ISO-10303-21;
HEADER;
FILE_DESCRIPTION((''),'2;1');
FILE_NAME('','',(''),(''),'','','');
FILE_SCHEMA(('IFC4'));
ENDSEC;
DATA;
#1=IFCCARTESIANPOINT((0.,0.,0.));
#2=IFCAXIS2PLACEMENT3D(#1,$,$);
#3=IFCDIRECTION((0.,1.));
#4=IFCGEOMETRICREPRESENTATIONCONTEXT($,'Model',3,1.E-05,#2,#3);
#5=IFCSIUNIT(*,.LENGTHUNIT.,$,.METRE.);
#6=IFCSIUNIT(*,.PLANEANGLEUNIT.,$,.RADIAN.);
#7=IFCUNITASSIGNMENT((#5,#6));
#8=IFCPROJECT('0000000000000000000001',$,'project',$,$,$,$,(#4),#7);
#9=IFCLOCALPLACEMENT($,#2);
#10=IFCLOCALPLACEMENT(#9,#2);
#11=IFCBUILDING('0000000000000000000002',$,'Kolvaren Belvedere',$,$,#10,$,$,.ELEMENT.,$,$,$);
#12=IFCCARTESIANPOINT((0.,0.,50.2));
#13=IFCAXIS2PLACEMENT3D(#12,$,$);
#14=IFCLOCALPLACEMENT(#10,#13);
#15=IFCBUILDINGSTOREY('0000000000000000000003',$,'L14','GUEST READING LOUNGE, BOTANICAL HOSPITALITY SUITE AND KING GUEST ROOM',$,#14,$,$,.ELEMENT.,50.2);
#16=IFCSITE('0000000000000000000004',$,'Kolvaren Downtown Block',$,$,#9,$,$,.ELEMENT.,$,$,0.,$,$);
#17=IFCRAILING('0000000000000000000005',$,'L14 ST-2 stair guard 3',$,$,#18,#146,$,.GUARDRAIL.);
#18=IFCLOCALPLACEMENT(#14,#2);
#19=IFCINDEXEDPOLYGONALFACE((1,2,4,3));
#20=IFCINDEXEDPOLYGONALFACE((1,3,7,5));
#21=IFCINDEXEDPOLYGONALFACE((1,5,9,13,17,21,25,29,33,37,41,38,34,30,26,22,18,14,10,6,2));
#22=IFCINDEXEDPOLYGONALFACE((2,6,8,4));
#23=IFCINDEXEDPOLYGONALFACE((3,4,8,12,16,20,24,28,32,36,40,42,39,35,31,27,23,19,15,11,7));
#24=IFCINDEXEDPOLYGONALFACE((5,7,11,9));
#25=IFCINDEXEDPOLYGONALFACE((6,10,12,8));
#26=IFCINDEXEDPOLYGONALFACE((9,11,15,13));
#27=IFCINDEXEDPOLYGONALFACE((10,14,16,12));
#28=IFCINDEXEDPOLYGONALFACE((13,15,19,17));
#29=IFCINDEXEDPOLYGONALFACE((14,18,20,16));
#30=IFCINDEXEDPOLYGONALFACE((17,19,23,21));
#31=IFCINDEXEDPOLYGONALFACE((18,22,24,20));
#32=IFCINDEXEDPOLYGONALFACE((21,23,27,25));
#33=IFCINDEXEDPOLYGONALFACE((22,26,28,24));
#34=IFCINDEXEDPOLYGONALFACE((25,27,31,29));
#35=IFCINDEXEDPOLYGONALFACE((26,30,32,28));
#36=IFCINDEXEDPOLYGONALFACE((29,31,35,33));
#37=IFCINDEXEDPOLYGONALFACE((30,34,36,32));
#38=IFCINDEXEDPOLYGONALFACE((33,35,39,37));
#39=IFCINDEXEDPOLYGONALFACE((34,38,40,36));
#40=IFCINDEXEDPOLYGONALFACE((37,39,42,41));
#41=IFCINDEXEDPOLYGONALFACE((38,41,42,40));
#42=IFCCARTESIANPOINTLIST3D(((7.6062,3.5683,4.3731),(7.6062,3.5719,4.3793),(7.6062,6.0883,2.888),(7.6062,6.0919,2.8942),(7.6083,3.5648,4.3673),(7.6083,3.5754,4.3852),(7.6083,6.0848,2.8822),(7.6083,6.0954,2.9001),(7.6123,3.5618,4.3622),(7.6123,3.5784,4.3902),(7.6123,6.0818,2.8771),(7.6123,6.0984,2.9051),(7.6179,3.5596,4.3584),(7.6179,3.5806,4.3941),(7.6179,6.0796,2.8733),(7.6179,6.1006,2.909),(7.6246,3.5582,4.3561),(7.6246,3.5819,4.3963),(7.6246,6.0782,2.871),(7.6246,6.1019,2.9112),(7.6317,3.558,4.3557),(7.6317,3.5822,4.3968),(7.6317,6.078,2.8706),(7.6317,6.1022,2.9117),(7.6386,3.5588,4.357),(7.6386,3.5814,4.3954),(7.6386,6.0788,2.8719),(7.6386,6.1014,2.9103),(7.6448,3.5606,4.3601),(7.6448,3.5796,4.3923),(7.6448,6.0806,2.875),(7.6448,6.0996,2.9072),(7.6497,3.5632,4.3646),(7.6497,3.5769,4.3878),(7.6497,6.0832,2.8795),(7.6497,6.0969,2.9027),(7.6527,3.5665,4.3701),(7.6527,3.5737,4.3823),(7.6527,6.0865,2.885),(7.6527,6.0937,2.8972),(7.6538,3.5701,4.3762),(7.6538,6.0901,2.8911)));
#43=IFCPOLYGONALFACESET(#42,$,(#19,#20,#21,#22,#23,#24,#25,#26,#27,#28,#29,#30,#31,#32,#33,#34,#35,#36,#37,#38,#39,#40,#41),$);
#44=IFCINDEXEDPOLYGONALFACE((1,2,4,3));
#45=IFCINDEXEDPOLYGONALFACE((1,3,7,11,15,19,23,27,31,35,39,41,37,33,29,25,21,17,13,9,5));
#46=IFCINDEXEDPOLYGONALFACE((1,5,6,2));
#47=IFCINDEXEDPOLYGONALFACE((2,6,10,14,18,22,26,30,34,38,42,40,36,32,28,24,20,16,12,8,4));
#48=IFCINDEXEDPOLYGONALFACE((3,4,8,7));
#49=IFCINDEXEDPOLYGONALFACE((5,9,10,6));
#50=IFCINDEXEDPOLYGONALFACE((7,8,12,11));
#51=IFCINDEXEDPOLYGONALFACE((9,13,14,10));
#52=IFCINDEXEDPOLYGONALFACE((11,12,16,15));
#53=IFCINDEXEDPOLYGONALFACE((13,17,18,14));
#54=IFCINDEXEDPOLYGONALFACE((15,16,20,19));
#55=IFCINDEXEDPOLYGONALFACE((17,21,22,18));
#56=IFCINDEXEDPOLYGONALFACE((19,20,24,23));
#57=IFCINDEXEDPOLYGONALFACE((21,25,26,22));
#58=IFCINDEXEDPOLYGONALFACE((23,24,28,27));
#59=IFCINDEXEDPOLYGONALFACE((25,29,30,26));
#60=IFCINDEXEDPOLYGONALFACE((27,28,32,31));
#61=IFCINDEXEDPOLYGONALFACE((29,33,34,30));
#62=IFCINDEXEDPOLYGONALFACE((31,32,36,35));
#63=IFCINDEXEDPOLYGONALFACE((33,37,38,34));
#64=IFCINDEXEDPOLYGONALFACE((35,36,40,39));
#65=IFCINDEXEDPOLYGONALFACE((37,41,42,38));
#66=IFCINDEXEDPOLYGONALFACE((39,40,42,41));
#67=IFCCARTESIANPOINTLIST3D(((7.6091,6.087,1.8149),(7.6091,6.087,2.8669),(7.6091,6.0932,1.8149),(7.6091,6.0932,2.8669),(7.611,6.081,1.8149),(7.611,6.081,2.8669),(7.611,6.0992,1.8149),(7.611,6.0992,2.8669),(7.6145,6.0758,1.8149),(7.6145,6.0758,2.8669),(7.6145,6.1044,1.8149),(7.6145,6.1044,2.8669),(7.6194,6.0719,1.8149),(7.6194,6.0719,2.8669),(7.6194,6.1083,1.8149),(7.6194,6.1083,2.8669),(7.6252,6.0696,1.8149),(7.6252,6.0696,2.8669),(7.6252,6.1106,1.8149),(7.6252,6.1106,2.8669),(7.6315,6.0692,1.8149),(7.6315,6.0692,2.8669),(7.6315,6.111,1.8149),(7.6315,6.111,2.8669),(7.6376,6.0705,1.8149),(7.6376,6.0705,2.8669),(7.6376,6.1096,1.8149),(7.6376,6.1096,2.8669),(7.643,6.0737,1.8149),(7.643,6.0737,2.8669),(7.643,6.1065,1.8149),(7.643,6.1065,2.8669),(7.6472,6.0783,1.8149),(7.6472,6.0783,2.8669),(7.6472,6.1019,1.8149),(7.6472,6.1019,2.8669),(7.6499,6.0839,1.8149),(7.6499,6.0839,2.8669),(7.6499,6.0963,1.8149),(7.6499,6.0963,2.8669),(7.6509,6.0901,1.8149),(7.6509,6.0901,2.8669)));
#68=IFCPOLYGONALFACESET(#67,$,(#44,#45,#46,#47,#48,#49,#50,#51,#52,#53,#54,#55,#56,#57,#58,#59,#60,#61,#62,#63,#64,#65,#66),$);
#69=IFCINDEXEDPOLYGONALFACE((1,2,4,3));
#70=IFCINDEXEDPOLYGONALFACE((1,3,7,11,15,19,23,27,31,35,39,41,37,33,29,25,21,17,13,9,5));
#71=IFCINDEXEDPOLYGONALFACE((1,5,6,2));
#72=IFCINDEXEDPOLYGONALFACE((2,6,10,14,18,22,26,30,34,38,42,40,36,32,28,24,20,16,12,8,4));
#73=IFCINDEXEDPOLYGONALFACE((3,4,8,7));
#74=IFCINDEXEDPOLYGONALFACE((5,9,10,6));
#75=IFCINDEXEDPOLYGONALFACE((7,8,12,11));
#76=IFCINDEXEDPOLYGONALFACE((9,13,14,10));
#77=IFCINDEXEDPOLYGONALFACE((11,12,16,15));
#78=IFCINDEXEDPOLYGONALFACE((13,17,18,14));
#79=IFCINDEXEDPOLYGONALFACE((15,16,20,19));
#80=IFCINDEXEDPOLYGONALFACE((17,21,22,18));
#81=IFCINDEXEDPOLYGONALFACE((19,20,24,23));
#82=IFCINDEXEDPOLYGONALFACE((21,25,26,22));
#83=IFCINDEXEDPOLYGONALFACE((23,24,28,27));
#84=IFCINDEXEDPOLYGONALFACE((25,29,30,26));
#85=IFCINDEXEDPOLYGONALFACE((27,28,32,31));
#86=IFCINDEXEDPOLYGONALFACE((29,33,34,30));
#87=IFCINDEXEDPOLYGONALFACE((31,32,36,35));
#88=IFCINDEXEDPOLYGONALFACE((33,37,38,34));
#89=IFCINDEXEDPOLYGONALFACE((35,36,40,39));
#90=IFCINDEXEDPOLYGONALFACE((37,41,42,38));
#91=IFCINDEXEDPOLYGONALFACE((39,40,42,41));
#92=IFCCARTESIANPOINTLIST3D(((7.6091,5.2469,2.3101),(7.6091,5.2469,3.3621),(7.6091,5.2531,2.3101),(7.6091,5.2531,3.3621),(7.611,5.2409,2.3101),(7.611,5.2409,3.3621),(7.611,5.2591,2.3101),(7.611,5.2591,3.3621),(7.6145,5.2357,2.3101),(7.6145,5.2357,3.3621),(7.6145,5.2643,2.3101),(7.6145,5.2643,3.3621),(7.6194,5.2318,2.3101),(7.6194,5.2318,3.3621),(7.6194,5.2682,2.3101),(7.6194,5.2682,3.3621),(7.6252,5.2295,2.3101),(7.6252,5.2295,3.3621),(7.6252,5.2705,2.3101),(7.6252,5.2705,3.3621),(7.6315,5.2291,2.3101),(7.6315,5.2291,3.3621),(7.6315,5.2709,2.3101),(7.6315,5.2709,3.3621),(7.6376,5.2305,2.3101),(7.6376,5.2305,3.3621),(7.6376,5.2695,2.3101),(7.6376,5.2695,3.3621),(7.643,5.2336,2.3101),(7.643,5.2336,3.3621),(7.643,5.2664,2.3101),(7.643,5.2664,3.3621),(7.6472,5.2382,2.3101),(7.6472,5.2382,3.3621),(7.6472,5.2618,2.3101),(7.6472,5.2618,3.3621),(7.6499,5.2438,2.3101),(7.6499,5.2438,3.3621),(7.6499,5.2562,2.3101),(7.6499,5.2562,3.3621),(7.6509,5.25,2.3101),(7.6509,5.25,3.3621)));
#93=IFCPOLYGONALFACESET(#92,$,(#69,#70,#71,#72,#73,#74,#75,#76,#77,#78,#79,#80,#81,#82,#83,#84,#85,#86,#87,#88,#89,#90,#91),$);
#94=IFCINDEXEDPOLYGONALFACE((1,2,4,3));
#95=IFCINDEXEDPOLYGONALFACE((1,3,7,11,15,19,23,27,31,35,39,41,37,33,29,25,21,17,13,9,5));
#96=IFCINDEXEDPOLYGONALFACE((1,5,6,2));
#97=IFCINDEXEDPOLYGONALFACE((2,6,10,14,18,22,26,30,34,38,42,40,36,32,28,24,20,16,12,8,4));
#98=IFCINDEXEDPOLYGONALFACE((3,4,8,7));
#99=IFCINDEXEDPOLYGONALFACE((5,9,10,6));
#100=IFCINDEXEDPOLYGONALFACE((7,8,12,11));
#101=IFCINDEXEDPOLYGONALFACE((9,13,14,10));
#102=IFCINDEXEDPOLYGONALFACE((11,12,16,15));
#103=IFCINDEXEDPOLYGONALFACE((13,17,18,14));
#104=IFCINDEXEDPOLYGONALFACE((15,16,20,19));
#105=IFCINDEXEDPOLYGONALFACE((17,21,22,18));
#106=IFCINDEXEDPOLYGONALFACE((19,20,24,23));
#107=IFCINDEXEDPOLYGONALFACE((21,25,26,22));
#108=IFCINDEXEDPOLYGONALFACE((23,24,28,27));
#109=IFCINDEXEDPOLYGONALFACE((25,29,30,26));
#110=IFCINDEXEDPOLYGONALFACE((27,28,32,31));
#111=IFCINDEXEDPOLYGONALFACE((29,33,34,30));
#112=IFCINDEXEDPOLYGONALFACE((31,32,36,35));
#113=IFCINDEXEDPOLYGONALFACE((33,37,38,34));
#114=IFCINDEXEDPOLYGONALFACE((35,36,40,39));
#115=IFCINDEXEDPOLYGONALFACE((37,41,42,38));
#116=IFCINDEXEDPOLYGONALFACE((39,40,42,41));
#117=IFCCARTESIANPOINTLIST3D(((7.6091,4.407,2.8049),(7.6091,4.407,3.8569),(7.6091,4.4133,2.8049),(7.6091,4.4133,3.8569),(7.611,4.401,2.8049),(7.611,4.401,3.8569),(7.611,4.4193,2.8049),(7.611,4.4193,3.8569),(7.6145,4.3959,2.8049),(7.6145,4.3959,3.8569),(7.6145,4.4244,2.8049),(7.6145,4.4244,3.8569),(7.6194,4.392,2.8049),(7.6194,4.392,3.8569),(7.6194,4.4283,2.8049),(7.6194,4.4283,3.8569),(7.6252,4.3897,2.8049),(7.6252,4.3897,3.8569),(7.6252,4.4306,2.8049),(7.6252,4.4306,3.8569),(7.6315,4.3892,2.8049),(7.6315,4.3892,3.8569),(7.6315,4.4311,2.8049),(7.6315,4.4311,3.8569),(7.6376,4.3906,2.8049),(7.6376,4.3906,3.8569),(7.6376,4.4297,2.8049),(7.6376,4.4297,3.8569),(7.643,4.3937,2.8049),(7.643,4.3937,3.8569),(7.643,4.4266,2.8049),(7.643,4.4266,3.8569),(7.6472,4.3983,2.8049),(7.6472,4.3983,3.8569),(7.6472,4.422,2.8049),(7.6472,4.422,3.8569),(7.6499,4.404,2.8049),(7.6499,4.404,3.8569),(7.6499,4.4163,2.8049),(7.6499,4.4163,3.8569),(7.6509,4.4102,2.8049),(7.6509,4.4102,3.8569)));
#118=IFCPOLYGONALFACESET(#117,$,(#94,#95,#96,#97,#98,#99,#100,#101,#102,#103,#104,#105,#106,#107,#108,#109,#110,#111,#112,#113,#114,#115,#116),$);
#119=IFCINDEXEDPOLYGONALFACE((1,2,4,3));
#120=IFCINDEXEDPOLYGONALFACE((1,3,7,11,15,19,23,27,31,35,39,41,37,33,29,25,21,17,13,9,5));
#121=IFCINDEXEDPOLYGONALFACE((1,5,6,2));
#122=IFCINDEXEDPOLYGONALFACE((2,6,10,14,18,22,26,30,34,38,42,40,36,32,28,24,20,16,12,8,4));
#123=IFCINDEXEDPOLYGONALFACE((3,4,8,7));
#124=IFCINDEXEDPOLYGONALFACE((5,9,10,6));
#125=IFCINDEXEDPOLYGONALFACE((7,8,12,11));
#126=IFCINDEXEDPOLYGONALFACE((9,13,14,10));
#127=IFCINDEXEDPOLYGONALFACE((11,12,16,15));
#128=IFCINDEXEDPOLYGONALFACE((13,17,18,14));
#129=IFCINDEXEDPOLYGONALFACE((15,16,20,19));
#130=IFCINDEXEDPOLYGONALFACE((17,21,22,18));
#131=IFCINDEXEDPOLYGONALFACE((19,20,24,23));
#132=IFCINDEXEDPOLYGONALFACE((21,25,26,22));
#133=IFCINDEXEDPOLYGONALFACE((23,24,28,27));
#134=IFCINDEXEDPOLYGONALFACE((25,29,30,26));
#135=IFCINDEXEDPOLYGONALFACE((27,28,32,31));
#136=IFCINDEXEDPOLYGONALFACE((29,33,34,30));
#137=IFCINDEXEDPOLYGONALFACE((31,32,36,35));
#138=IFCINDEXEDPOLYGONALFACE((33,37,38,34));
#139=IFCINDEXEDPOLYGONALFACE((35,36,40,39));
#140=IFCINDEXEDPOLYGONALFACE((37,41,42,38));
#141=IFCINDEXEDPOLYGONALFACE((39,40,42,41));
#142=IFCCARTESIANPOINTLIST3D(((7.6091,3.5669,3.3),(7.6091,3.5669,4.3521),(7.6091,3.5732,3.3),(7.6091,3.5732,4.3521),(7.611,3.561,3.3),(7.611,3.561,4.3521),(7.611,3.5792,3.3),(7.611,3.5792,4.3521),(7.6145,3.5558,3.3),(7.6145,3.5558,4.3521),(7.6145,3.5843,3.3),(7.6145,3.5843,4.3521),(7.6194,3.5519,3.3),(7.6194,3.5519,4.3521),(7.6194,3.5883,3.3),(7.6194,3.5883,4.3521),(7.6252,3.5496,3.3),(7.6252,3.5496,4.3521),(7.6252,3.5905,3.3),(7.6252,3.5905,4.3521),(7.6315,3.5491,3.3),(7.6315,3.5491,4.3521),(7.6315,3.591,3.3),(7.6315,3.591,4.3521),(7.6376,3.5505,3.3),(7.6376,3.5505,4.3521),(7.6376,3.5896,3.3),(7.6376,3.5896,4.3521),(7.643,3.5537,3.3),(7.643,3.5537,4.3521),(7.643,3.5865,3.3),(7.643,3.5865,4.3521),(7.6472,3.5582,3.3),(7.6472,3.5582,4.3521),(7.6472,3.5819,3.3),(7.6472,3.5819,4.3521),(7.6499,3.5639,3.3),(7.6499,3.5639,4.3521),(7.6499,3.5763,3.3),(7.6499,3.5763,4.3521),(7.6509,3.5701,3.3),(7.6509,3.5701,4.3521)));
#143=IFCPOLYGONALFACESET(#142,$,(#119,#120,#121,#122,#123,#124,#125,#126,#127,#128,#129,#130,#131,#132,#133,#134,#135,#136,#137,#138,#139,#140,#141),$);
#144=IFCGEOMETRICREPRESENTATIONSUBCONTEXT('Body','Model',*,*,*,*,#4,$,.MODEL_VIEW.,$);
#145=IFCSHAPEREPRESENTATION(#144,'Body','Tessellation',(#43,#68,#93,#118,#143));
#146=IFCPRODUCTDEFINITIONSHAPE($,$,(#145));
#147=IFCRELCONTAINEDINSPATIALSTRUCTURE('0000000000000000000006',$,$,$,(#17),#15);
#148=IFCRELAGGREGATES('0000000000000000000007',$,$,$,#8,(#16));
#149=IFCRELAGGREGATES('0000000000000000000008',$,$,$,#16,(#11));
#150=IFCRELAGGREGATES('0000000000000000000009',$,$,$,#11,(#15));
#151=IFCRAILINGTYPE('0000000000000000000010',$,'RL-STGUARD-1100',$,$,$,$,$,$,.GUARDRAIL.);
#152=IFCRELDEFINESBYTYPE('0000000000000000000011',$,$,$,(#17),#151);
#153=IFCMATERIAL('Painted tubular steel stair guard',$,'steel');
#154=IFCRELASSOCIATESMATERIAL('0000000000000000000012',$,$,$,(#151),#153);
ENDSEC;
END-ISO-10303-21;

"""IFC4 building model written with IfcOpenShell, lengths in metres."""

from ifc_helpers import new_model, si_unit, direction, frame, origin, origin_2d, place, context, subcontext, project, spatial, circle, extrude, material, type_object, element, save


model = new_model("IFC4")

# Units and contexts
model_context = context("Model", 3, precision=1e-05, world=origin(), true_north=direction((0.0, 1.0)))
body_context = subcontext(model_context, "Body", "Model", "MODEL_VIEW")
ifc_project = project(units=[si_unit("LENGTHUNIT", "METRE"), si_unit("PLANEANGLEUNIT", "RADIAN")], contexts=[model_context])

# Site, building, storey
site_placement = place(None, origin())
site = spatial("IfcSite", under=ifc_project, at=site_placement, Name="Kolvaren Downtown Block", CompositionType="ELEMENT", RefElevation=0.0)
building_placement = place(site_placement, origin())
building = spatial("IfcBuilding", under=site, at=building_placement, Name="Kolvaren Belvedere", CompositionType="ELEMENT")
storey_placement = place(building_placement, frame((0.0, 0.0, 50.2)))
storey = spatial("IfcBuildingStorey", under=building, at=storey_placement, Name="L14", Description="GUEST READING LOUNGE, BOTANICAL HOSPITALITY SUITE AND KING GUEST ROOM", CompositionType="ELEMENT", Elevation=50.2)

# Railing
ifc_material_1 = material(Name="Painted tubular steel stair guard", Category="steel")
railing_type_1 = type_object("IfcRailingType", Name="RL-STGUARD-1100", PredefinedType="GUARDRAIL", material=ifc_material_1)
railing_1_placement = place(storey_placement, frame((7.6299, 6.0901, 1.8149)))
element("IfcRailing", 1, at=railing_1_placement, inside=storey, type_object=railing_type_1, Name="L14 ST-2 stair guard 3", PredefinedType="GUARDRAIL", context=body_context, shape_type="SweptSolid", body=[
    extrude(circle(Radius=0.0239, at=origin_2d()), frame((0.0, 0.0, 1.0762), z_axis=(0.0, -0.861524, 0.507717), x_axis=(1.0, 0.0, 0.0)), (0.0, 0.0, 1.0), 2.925),
    extrude(circle(Radius=0.021, at=origin_2d()), origin(), (0.0, 0.0, 1.0), 1.052),
    extrude(circle(Radius=0.021, at=origin_2d()), frame((0.0, -0.8401, 0.4951)), (0.0, 0.0, 1.0), 1.052),
    extrude(circle(Radius=0.021, at=origin_2d()), frame((0.0, -1.6799, 0.99)), (0.0, 0.0, 1.0), 1.052),
    extrude(circle(Radius=0.021, at=origin_2d()), frame((0.0, -2.52, 1.4851)), (0.0, 0.0, 1.0), 1.052),
])

save(model, "model.ifc")
